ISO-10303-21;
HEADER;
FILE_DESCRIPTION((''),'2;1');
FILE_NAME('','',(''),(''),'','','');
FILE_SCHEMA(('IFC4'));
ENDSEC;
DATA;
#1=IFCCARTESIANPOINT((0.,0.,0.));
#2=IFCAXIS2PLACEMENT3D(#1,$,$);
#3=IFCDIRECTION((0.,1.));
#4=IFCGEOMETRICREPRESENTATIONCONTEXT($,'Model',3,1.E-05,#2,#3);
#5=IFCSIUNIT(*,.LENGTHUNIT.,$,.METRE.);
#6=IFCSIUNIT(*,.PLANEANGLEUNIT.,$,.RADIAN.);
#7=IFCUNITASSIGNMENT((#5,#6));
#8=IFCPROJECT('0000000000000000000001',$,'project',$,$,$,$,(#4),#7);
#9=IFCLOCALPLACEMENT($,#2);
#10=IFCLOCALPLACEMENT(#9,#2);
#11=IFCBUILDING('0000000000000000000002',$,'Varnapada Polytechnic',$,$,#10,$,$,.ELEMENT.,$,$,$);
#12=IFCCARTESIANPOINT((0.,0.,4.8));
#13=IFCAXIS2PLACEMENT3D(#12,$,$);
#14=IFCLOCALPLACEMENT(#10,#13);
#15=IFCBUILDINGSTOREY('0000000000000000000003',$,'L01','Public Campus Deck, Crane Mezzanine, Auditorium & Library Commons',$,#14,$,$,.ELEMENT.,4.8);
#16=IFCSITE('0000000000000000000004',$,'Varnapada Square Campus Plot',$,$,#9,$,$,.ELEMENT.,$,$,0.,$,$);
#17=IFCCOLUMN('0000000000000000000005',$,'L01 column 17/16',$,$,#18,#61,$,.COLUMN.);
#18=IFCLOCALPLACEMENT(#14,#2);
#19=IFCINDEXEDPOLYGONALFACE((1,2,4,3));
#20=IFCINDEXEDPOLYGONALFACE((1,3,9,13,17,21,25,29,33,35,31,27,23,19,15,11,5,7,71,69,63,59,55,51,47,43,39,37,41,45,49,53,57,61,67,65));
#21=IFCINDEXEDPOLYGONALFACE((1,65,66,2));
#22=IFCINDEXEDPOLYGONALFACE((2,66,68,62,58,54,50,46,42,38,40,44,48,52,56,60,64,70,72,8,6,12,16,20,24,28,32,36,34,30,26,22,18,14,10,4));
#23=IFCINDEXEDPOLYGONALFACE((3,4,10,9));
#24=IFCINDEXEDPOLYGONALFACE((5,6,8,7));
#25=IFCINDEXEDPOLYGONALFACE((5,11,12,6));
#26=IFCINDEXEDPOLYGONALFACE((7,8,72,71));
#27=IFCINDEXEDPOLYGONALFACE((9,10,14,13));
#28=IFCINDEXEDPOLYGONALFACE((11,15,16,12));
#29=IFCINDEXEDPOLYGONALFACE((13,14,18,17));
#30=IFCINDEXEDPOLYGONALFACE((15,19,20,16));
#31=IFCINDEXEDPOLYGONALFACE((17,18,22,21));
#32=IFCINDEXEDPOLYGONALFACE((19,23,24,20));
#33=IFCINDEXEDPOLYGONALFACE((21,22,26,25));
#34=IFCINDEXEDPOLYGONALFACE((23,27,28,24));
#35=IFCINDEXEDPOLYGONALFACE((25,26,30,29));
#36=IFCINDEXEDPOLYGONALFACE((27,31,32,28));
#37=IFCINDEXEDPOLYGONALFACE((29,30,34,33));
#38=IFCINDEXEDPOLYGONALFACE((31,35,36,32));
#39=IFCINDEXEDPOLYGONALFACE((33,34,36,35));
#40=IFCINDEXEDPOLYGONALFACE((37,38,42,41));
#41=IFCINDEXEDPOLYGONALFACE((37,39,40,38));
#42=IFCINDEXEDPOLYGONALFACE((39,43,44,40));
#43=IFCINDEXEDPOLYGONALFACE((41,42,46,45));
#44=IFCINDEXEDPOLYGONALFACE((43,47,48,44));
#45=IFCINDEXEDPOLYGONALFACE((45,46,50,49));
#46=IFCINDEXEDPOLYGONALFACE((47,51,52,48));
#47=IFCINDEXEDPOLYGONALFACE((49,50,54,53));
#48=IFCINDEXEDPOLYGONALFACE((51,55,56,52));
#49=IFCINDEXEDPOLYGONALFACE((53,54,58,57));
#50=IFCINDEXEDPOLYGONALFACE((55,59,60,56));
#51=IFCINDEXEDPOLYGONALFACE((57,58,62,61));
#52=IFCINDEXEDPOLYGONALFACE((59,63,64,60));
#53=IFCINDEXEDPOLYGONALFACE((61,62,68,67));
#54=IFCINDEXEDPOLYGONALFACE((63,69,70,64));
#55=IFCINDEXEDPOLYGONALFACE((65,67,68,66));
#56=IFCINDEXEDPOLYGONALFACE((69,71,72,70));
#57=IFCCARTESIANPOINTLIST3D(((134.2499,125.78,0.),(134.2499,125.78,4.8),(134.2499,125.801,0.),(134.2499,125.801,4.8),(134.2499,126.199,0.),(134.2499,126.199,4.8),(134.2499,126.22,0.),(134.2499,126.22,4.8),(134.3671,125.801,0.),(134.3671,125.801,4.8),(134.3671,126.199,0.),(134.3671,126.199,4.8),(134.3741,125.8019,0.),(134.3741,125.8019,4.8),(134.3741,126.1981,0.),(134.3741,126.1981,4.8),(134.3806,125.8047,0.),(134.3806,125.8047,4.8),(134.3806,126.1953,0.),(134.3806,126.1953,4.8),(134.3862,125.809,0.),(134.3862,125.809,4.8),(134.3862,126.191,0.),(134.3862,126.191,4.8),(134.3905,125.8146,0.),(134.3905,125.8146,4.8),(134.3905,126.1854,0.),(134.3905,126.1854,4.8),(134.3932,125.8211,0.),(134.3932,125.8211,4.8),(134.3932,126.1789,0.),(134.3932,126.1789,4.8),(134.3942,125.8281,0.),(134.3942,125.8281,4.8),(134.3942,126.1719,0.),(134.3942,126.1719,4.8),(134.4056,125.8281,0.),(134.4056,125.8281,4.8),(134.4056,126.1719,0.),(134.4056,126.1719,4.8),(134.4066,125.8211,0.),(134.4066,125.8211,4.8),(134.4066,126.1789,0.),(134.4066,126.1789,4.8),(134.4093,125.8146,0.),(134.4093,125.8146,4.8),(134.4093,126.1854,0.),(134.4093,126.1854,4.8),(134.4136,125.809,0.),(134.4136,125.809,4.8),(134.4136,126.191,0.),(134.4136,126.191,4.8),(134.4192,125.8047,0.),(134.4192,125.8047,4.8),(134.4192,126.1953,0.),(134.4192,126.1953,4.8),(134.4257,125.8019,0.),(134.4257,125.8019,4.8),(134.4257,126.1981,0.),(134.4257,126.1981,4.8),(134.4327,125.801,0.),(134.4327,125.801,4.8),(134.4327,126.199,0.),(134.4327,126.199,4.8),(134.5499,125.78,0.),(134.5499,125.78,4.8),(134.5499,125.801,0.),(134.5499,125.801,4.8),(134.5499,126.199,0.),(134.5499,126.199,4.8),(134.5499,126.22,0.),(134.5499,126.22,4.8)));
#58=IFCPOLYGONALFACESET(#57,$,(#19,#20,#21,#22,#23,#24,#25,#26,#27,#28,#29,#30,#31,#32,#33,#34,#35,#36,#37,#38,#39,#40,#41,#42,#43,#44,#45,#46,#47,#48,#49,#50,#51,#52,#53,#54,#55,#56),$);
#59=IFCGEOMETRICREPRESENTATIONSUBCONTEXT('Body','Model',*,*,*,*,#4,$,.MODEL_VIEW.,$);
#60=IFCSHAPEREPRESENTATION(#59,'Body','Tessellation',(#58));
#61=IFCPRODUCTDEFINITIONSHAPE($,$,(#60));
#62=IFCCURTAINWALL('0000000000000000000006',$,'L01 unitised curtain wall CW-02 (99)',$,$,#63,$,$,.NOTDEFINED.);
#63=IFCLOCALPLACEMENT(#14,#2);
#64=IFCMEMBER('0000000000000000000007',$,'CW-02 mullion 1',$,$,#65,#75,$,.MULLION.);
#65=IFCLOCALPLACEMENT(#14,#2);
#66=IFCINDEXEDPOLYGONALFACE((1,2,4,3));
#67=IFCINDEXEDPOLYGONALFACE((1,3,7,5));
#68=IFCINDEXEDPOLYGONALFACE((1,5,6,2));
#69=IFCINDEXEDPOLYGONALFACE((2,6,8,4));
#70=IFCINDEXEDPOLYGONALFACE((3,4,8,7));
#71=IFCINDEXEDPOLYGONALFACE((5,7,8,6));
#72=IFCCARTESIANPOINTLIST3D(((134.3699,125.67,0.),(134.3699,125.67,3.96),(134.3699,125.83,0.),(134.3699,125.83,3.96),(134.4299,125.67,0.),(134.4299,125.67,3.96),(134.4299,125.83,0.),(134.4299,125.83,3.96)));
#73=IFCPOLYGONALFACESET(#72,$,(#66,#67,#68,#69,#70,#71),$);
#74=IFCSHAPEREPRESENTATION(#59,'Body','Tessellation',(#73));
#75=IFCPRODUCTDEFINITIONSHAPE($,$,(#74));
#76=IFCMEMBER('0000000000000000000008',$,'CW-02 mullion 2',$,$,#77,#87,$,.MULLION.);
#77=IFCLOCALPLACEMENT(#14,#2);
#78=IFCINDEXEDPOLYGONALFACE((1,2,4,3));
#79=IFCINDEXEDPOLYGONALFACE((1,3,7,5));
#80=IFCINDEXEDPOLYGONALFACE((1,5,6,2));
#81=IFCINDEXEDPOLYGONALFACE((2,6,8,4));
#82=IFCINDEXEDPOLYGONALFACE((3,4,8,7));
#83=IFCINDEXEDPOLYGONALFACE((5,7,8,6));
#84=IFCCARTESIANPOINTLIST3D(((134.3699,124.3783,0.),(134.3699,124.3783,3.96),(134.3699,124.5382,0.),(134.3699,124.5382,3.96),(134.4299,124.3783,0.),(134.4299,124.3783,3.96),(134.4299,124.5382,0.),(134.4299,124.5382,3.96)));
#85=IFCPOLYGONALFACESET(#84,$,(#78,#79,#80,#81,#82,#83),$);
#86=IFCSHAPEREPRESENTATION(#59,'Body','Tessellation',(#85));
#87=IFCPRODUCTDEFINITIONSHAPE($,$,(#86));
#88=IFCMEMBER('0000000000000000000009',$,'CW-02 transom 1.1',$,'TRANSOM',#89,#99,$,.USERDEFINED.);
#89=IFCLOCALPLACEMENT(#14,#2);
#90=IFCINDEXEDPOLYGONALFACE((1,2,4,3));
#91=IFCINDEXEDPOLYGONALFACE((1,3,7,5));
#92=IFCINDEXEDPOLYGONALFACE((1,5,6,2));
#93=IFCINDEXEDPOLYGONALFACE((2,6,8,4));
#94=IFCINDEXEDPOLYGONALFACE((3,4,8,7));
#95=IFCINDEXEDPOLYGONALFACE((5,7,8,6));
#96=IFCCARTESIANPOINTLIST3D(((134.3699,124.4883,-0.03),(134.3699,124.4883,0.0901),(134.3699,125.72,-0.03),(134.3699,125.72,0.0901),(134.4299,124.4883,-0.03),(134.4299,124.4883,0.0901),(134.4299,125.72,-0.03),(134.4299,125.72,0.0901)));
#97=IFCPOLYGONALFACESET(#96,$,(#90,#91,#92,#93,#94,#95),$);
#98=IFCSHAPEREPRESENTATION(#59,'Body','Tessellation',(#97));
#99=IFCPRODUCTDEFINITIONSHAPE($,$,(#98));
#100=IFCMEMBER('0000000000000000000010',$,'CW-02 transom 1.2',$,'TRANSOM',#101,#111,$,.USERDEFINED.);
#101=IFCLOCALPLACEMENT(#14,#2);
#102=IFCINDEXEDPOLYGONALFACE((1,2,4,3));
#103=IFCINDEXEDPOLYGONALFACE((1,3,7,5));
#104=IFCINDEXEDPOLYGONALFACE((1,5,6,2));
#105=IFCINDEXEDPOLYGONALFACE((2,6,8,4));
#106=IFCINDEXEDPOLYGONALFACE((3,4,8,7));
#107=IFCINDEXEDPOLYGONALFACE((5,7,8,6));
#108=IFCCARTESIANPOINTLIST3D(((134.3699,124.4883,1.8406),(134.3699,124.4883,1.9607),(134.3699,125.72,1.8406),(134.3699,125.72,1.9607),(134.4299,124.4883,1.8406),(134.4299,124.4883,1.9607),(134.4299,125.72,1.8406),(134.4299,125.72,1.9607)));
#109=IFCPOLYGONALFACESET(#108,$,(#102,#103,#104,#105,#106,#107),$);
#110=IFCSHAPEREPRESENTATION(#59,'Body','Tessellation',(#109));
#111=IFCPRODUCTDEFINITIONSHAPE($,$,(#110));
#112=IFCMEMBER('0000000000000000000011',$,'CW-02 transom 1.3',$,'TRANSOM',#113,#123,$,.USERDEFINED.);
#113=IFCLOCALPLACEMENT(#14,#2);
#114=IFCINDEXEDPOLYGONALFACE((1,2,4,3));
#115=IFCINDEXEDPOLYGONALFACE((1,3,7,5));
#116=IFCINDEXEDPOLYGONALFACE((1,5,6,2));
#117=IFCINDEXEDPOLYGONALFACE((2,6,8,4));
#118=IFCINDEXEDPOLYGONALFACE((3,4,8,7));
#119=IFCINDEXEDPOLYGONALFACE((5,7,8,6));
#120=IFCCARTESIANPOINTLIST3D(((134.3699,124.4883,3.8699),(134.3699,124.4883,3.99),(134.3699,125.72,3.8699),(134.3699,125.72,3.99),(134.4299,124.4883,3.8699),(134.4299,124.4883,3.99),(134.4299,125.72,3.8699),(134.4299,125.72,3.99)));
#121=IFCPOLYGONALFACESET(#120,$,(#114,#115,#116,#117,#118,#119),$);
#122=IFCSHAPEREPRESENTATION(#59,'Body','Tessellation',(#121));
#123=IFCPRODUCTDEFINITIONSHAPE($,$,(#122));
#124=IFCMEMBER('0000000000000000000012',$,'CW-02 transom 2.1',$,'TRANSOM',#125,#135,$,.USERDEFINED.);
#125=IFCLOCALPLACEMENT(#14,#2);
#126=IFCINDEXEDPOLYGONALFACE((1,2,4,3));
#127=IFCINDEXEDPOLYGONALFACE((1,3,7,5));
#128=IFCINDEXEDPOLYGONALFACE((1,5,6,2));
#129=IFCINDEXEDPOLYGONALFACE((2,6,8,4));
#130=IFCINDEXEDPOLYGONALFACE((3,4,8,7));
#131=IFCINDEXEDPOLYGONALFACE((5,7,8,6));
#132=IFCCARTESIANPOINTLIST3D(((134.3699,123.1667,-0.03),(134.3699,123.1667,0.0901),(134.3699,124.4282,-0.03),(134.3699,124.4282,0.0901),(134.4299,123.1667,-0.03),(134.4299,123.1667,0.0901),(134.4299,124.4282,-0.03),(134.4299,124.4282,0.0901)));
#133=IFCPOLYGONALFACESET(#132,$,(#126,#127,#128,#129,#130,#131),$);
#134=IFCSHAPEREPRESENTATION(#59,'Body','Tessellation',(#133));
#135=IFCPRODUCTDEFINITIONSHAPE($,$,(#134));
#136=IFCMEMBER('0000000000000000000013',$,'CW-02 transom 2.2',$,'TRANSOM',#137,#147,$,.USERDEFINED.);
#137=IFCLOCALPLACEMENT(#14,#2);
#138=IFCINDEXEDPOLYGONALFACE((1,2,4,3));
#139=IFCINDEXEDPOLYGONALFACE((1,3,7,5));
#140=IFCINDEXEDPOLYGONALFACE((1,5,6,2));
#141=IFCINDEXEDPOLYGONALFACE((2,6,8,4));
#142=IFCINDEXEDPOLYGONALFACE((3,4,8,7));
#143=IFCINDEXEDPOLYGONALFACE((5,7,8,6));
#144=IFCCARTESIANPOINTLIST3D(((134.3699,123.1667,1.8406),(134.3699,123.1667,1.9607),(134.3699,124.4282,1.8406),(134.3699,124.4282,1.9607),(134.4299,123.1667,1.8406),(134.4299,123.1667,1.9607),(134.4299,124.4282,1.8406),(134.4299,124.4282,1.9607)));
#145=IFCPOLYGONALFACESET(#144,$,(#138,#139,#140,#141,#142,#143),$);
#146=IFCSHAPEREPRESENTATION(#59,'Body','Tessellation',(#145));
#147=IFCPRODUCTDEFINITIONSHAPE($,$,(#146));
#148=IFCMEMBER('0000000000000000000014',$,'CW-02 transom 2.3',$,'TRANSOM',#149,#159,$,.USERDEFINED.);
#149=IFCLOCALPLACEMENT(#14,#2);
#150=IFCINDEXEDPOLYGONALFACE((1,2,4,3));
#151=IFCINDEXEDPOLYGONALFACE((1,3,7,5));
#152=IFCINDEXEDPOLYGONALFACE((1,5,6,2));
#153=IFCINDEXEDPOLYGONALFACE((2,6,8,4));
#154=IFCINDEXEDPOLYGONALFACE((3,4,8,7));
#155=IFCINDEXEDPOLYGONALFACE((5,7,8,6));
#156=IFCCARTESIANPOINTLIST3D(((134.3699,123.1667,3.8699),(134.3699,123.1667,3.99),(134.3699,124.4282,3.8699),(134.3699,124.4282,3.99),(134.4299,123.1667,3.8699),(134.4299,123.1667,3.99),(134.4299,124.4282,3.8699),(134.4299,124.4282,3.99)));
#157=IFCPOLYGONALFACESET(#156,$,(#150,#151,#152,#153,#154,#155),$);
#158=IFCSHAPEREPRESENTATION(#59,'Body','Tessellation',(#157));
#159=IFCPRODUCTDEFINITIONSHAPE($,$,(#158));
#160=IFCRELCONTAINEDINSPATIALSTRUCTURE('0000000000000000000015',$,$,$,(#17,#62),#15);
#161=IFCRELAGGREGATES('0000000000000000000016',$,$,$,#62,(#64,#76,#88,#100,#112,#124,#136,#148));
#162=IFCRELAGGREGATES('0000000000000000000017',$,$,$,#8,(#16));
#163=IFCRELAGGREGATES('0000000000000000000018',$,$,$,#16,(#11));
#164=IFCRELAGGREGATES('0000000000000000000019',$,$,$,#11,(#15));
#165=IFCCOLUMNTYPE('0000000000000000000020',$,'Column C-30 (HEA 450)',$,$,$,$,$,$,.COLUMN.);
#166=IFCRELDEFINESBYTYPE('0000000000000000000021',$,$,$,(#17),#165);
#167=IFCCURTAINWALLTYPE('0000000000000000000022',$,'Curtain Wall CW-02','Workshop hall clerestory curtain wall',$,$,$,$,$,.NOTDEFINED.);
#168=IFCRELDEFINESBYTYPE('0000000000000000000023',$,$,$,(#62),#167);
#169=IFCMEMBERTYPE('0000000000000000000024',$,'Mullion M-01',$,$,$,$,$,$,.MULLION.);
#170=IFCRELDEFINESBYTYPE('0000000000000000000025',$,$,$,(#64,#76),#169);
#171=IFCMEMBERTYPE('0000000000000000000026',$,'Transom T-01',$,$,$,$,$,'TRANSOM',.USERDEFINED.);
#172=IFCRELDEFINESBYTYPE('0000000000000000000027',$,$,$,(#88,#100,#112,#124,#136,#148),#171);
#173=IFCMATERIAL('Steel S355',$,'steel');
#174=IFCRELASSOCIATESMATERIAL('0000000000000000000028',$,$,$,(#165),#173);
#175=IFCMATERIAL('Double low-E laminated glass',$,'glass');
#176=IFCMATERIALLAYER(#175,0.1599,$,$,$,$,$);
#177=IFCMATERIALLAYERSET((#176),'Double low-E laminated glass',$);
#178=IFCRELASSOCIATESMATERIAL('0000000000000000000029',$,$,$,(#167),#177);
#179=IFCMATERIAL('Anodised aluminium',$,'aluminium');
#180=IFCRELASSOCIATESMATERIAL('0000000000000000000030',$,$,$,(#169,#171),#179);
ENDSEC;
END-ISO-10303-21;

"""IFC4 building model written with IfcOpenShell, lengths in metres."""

from ifc_helpers import new_model, si_unit, direction, frame, origin, origin_2d, place, context, subcontext, project, spatial, rectangle, i_section, extrude, material, layer, layer_set, material_profile, profile_set, type_object, element, aggregate, save


model = new_model("IFC4")

# Units and contexts
model_context = context("Model", 3, precision=1e-05, world=origin(), true_north=direction((0.0, 1.0)))
body_context = subcontext(model_context, "Body", "Model", "MODEL_VIEW")
ifc_project = project(units=[si_unit("LENGTHUNIT", "METRE"), si_unit("PLANEANGLEUNIT", "RADIAN")], contexts=[model_context])

# Site, building, storey
site_placement = place(None, origin())
site = spatial("IfcSite", under=ifc_project, at=site_placement, Name="Varnapada Square Campus Plot", CompositionType="ELEMENT", RefElevation=0.0)
building_placement = place(site_placement, origin())
building = spatial("IfcBuilding", under=site, at=building_placement, Name="Varnapada Polytechnic", CompositionType="ELEMENT")
storey_placement = place(building_placement, frame((0.0, 0.0, 4.8)))
storey = spatial("IfcBuildingStorey", under=building, at=storey_placement, Name="L01", Description="Public Campus Deck, Crane Mezzanine, Auditorium & Library Commons", CompositionType="ELEMENT", Elevation=4.8)

# Column
ifc_material_1 = material(Name="Steel S355", Category="steel")
ifc_material_profile_1 = material_profile(ifc_material_1, i_section(OverallWidth=0.3, OverallDepth=0.4399, WebThickness=0.0115, FlangeThickness=0.021, FilletRadius=0.0271, at=origin_2d()), Name="HEA 450")
ifc_profile_set_1 = profile_set([ifc_material_profile_1], Name="Steel S355")
column_type = type_object("IfcColumnType", Name="Column C-30 (HEA 450)", PredefinedType="COLUMN", material=ifc_profile_set_1)
column_placement = place(storey_placement, frame((134.3999, 126.0, 0.0), z_axis=(0.0, 0.0, 1.0), x_axis=(1.0, 0.0, 0.0)))
element("IfcColumn", 1, at=column_placement, inside=storey, type_object=column_type, Name="L01 column 17/16", PredefinedType="COLUMN", context=body_context, shape_type="SweptSolid", body=[
    extrude(i_section(OverallWidth=0.3, OverallDepth=0.4399, WebThickness=0.0115, FlangeThickness=0.021, FilletRadius=0.0271, at=origin_2d()), origin(), (0.0, 0.0, 1.0), 4.8),
])

# Curtain wall, members
ifc_material_2 = material(Name="Double low-E laminated glass", Category="glass")
ifc_layer_1 = layer(ifc_material_2, 0.1599)
ifc_layer_set_1 = layer_set([ifc_layer_1], Name="Double low-E laminated glass")
curtain_wall_type = type_object("IfcCurtainWallType", Name="Curtain Wall CW-02", Description="Workshop hall clerestory curtain wall", PredefinedType="NOTDEFINED", material=ifc_layer_set_1)
curtain_wall_placement = place(storey_placement, origin())
curtain_wall = element("IfcCurtainWall", 2, at=curtain_wall_placement, inside=storey, type_object=curtain_wall_type, Name="L01 unitised curtain wall CW-02 (99)", PredefinedType="NOTDEFINED")
ifc_material_3 = material(Name="Anodised aluminium", Category="aluminium")
ifc_material_profile_2 = material_profile(ifc_material_3, rectangle(XDim=0.0601, YDim=0.1599, at=origin_2d()), Name="ALU M60x160")
ifc_profile_set_2 = profile_set([ifc_material_profile_2], Name="Anodised aluminium")
member_type_1 = type_object("IfcMemberType", Name="Mullion M-01", PredefinedType="MULLION", material=ifc_profile_set_2)
member_1_placement = place(storey_placement, frame((134.3999, 125.75, 0.0), z_axis=(0.0, 0.0, 1.0), x_axis=(1.0, 0.0, 0.0)))
member_1 = element("IfcMember", 3, at=member_1_placement, type_object=member_type_1, Name="CW-02 mullion 1", PredefinedType="MULLION", context=body_context, shape_type="SweptSolid", body=[
    extrude(rectangle(XDim=0.0601, YDim=0.1599, at=origin_2d()), origin(), (0.0, 0.0, 1.0), 3.96),
])
member_2_placement = place(storey_placement, frame((134.3999, 124.4583, 0.0), z_axis=(0.0, 0.0, 1.0), x_axis=(1.0, 0.0, 0.0)))
member_2 = element("IfcMember", 4, at=member_2_placement, type_object=member_type_1, Name="CW-02 mullion 2", PredefinedType="MULLION", context=body_context, shape_type="SweptSolid", body=[
    extrude(rectangle(XDim=0.0601, YDim=0.1599, at=origin_2d()), origin(), (0.0, 0.0, 1.0), 3.96),
])
ifc_material_profile_3 = material_profile(ifc_material_3, rectangle(XDim=0.0601, YDim=0.1201, at=origin_2d()), Name="ALU T60x120")
ifc_profile_set_3 = profile_set([ifc_material_profile_3], Name="Anodised aluminium")
member_type_2 = type_object("IfcMemberType", Name="Transom T-01", ElementType="TRANSOM", PredefinedType="USERDEFINED", material=ifc_profile_set_3)
member_3_placement = place(storey_placement, frame((134.3999, 125.72, 0.03), z_axis=(0.0, -1.0, 0.0), x_axis=(1.0, 0.0, 0.0)))
member_3 = element("IfcMember", 5, at=member_3_placement, type_object=member_type_2, Name="CW-02 transom 1.1", ObjectType="TRANSOM", PredefinedType="USERDEFINED", context=body_context, shape_type="SweptSolid", body=[
    extrude(rectangle(XDim=0.0601, YDim=0.1201, at=origin_2d()), origin(), (0.0, 0.0, 1.0), 1.2317),
])
member_4_placement = place(storey_placement, frame((134.3999, 125.72, 1.9006), z_axis=(0.0, -1.0, 0.0), x_axis=(1.0, 0.0, 0.0)))
member_4 = element("IfcMember", 6, at=member_4_placement, type_object=member_type_2, Name="CW-02 transom 1.2", ObjectType="TRANSOM", PredefinedType="USERDEFINED", context=body_context, shape_type="SweptSolid", body=[
    extrude(rectangle(XDim=0.0601, YDim=0.1201, at=origin_2d()), origin(), (0.0, 0.0, 1.0), 1.2317),
])
member_5_placement = place(storey_placement, frame((134.3999, 125.72, 3.9299), z_axis=(0.0, -1.0, 0.0), x_axis=(1.0, 0.0, 0.0)))
member_5 = element("IfcMember", 7, at=member_5_placement, type_object=member_type_2, Name="CW-02 transom 1.3", ObjectType="TRANSOM", PredefinedType="USERDEFINED", context=body_context, shape_type="SweptSolid", body=[
    extrude(rectangle(XDim=0.0601, YDim=0.1201, at=origin_2d()), origin(), (0.0, 0.0, 1.0), 1.2317),
])
member_6_placement = place(storey_placement, frame((134.3999, 124.4282, 0.03), z_axis=(0.0, -1.0, 0.0), x_axis=(1.0, 0.0, 0.0)))
member_6 = element("IfcMember", 8, at=member_6_placement, type_object=member_type_2, Name="CW-02 transom 2.1", ObjectType="TRANSOM", PredefinedType="USERDEFINED", context=body_context, shape_type="SweptSolid", body=[
    extrude(rectangle(XDim=0.0601, YDim=0.1201, at=origin_2d()), origin(), (0.0, 0.0, 1.0), 1.2615),
])
member_7_placement = place(storey_placement, frame((134.3999, 124.4282, 1.9006), z_axis=(0.0, -1.0, 0.0), x_axis=(1.0, 0.0, 0.0)))
member_7 = element("IfcMember", 9, at=member_7_placement, type_object=member_type_2, Name="CW-02 transom 2.2", ObjectType="TRANSOM", PredefinedType="USERDEFINED", context=body_context, shape_type="SweptSolid", body=[
    extrude(rectangle(XDim=0.0601, YDim=0.1201, at=origin_2d()), origin(), (0.0, 0.0, 1.0), 1.2615),
])
member_8_placement = place(storey_placement, frame((134.3999, 124.4282, 3.9299), z_axis=(0.0, -1.0, 0.0), x_axis=(1.0, 0.0, 0.0)))
member_8 = element("IfcMember", 10, at=member_8_placement, type_object=member_type_2, Name="CW-02 transom 2.3", ObjectType="TRANSOM", PredefinedType="USERDEFINED", context=body_context, shape_type="SweptSolid", body=[
    extrude(rectangle(XDim=0.0601, YDim=0.1201, at=origin_2d()), origin(), (0.0, 0.0, 1.0), 1.2615),
])

aggregate(curtain_wall, [member_1, member_2, member_3, member_4, member_5, member_6, member_7, member_8])

save(model, "model.ifc")
